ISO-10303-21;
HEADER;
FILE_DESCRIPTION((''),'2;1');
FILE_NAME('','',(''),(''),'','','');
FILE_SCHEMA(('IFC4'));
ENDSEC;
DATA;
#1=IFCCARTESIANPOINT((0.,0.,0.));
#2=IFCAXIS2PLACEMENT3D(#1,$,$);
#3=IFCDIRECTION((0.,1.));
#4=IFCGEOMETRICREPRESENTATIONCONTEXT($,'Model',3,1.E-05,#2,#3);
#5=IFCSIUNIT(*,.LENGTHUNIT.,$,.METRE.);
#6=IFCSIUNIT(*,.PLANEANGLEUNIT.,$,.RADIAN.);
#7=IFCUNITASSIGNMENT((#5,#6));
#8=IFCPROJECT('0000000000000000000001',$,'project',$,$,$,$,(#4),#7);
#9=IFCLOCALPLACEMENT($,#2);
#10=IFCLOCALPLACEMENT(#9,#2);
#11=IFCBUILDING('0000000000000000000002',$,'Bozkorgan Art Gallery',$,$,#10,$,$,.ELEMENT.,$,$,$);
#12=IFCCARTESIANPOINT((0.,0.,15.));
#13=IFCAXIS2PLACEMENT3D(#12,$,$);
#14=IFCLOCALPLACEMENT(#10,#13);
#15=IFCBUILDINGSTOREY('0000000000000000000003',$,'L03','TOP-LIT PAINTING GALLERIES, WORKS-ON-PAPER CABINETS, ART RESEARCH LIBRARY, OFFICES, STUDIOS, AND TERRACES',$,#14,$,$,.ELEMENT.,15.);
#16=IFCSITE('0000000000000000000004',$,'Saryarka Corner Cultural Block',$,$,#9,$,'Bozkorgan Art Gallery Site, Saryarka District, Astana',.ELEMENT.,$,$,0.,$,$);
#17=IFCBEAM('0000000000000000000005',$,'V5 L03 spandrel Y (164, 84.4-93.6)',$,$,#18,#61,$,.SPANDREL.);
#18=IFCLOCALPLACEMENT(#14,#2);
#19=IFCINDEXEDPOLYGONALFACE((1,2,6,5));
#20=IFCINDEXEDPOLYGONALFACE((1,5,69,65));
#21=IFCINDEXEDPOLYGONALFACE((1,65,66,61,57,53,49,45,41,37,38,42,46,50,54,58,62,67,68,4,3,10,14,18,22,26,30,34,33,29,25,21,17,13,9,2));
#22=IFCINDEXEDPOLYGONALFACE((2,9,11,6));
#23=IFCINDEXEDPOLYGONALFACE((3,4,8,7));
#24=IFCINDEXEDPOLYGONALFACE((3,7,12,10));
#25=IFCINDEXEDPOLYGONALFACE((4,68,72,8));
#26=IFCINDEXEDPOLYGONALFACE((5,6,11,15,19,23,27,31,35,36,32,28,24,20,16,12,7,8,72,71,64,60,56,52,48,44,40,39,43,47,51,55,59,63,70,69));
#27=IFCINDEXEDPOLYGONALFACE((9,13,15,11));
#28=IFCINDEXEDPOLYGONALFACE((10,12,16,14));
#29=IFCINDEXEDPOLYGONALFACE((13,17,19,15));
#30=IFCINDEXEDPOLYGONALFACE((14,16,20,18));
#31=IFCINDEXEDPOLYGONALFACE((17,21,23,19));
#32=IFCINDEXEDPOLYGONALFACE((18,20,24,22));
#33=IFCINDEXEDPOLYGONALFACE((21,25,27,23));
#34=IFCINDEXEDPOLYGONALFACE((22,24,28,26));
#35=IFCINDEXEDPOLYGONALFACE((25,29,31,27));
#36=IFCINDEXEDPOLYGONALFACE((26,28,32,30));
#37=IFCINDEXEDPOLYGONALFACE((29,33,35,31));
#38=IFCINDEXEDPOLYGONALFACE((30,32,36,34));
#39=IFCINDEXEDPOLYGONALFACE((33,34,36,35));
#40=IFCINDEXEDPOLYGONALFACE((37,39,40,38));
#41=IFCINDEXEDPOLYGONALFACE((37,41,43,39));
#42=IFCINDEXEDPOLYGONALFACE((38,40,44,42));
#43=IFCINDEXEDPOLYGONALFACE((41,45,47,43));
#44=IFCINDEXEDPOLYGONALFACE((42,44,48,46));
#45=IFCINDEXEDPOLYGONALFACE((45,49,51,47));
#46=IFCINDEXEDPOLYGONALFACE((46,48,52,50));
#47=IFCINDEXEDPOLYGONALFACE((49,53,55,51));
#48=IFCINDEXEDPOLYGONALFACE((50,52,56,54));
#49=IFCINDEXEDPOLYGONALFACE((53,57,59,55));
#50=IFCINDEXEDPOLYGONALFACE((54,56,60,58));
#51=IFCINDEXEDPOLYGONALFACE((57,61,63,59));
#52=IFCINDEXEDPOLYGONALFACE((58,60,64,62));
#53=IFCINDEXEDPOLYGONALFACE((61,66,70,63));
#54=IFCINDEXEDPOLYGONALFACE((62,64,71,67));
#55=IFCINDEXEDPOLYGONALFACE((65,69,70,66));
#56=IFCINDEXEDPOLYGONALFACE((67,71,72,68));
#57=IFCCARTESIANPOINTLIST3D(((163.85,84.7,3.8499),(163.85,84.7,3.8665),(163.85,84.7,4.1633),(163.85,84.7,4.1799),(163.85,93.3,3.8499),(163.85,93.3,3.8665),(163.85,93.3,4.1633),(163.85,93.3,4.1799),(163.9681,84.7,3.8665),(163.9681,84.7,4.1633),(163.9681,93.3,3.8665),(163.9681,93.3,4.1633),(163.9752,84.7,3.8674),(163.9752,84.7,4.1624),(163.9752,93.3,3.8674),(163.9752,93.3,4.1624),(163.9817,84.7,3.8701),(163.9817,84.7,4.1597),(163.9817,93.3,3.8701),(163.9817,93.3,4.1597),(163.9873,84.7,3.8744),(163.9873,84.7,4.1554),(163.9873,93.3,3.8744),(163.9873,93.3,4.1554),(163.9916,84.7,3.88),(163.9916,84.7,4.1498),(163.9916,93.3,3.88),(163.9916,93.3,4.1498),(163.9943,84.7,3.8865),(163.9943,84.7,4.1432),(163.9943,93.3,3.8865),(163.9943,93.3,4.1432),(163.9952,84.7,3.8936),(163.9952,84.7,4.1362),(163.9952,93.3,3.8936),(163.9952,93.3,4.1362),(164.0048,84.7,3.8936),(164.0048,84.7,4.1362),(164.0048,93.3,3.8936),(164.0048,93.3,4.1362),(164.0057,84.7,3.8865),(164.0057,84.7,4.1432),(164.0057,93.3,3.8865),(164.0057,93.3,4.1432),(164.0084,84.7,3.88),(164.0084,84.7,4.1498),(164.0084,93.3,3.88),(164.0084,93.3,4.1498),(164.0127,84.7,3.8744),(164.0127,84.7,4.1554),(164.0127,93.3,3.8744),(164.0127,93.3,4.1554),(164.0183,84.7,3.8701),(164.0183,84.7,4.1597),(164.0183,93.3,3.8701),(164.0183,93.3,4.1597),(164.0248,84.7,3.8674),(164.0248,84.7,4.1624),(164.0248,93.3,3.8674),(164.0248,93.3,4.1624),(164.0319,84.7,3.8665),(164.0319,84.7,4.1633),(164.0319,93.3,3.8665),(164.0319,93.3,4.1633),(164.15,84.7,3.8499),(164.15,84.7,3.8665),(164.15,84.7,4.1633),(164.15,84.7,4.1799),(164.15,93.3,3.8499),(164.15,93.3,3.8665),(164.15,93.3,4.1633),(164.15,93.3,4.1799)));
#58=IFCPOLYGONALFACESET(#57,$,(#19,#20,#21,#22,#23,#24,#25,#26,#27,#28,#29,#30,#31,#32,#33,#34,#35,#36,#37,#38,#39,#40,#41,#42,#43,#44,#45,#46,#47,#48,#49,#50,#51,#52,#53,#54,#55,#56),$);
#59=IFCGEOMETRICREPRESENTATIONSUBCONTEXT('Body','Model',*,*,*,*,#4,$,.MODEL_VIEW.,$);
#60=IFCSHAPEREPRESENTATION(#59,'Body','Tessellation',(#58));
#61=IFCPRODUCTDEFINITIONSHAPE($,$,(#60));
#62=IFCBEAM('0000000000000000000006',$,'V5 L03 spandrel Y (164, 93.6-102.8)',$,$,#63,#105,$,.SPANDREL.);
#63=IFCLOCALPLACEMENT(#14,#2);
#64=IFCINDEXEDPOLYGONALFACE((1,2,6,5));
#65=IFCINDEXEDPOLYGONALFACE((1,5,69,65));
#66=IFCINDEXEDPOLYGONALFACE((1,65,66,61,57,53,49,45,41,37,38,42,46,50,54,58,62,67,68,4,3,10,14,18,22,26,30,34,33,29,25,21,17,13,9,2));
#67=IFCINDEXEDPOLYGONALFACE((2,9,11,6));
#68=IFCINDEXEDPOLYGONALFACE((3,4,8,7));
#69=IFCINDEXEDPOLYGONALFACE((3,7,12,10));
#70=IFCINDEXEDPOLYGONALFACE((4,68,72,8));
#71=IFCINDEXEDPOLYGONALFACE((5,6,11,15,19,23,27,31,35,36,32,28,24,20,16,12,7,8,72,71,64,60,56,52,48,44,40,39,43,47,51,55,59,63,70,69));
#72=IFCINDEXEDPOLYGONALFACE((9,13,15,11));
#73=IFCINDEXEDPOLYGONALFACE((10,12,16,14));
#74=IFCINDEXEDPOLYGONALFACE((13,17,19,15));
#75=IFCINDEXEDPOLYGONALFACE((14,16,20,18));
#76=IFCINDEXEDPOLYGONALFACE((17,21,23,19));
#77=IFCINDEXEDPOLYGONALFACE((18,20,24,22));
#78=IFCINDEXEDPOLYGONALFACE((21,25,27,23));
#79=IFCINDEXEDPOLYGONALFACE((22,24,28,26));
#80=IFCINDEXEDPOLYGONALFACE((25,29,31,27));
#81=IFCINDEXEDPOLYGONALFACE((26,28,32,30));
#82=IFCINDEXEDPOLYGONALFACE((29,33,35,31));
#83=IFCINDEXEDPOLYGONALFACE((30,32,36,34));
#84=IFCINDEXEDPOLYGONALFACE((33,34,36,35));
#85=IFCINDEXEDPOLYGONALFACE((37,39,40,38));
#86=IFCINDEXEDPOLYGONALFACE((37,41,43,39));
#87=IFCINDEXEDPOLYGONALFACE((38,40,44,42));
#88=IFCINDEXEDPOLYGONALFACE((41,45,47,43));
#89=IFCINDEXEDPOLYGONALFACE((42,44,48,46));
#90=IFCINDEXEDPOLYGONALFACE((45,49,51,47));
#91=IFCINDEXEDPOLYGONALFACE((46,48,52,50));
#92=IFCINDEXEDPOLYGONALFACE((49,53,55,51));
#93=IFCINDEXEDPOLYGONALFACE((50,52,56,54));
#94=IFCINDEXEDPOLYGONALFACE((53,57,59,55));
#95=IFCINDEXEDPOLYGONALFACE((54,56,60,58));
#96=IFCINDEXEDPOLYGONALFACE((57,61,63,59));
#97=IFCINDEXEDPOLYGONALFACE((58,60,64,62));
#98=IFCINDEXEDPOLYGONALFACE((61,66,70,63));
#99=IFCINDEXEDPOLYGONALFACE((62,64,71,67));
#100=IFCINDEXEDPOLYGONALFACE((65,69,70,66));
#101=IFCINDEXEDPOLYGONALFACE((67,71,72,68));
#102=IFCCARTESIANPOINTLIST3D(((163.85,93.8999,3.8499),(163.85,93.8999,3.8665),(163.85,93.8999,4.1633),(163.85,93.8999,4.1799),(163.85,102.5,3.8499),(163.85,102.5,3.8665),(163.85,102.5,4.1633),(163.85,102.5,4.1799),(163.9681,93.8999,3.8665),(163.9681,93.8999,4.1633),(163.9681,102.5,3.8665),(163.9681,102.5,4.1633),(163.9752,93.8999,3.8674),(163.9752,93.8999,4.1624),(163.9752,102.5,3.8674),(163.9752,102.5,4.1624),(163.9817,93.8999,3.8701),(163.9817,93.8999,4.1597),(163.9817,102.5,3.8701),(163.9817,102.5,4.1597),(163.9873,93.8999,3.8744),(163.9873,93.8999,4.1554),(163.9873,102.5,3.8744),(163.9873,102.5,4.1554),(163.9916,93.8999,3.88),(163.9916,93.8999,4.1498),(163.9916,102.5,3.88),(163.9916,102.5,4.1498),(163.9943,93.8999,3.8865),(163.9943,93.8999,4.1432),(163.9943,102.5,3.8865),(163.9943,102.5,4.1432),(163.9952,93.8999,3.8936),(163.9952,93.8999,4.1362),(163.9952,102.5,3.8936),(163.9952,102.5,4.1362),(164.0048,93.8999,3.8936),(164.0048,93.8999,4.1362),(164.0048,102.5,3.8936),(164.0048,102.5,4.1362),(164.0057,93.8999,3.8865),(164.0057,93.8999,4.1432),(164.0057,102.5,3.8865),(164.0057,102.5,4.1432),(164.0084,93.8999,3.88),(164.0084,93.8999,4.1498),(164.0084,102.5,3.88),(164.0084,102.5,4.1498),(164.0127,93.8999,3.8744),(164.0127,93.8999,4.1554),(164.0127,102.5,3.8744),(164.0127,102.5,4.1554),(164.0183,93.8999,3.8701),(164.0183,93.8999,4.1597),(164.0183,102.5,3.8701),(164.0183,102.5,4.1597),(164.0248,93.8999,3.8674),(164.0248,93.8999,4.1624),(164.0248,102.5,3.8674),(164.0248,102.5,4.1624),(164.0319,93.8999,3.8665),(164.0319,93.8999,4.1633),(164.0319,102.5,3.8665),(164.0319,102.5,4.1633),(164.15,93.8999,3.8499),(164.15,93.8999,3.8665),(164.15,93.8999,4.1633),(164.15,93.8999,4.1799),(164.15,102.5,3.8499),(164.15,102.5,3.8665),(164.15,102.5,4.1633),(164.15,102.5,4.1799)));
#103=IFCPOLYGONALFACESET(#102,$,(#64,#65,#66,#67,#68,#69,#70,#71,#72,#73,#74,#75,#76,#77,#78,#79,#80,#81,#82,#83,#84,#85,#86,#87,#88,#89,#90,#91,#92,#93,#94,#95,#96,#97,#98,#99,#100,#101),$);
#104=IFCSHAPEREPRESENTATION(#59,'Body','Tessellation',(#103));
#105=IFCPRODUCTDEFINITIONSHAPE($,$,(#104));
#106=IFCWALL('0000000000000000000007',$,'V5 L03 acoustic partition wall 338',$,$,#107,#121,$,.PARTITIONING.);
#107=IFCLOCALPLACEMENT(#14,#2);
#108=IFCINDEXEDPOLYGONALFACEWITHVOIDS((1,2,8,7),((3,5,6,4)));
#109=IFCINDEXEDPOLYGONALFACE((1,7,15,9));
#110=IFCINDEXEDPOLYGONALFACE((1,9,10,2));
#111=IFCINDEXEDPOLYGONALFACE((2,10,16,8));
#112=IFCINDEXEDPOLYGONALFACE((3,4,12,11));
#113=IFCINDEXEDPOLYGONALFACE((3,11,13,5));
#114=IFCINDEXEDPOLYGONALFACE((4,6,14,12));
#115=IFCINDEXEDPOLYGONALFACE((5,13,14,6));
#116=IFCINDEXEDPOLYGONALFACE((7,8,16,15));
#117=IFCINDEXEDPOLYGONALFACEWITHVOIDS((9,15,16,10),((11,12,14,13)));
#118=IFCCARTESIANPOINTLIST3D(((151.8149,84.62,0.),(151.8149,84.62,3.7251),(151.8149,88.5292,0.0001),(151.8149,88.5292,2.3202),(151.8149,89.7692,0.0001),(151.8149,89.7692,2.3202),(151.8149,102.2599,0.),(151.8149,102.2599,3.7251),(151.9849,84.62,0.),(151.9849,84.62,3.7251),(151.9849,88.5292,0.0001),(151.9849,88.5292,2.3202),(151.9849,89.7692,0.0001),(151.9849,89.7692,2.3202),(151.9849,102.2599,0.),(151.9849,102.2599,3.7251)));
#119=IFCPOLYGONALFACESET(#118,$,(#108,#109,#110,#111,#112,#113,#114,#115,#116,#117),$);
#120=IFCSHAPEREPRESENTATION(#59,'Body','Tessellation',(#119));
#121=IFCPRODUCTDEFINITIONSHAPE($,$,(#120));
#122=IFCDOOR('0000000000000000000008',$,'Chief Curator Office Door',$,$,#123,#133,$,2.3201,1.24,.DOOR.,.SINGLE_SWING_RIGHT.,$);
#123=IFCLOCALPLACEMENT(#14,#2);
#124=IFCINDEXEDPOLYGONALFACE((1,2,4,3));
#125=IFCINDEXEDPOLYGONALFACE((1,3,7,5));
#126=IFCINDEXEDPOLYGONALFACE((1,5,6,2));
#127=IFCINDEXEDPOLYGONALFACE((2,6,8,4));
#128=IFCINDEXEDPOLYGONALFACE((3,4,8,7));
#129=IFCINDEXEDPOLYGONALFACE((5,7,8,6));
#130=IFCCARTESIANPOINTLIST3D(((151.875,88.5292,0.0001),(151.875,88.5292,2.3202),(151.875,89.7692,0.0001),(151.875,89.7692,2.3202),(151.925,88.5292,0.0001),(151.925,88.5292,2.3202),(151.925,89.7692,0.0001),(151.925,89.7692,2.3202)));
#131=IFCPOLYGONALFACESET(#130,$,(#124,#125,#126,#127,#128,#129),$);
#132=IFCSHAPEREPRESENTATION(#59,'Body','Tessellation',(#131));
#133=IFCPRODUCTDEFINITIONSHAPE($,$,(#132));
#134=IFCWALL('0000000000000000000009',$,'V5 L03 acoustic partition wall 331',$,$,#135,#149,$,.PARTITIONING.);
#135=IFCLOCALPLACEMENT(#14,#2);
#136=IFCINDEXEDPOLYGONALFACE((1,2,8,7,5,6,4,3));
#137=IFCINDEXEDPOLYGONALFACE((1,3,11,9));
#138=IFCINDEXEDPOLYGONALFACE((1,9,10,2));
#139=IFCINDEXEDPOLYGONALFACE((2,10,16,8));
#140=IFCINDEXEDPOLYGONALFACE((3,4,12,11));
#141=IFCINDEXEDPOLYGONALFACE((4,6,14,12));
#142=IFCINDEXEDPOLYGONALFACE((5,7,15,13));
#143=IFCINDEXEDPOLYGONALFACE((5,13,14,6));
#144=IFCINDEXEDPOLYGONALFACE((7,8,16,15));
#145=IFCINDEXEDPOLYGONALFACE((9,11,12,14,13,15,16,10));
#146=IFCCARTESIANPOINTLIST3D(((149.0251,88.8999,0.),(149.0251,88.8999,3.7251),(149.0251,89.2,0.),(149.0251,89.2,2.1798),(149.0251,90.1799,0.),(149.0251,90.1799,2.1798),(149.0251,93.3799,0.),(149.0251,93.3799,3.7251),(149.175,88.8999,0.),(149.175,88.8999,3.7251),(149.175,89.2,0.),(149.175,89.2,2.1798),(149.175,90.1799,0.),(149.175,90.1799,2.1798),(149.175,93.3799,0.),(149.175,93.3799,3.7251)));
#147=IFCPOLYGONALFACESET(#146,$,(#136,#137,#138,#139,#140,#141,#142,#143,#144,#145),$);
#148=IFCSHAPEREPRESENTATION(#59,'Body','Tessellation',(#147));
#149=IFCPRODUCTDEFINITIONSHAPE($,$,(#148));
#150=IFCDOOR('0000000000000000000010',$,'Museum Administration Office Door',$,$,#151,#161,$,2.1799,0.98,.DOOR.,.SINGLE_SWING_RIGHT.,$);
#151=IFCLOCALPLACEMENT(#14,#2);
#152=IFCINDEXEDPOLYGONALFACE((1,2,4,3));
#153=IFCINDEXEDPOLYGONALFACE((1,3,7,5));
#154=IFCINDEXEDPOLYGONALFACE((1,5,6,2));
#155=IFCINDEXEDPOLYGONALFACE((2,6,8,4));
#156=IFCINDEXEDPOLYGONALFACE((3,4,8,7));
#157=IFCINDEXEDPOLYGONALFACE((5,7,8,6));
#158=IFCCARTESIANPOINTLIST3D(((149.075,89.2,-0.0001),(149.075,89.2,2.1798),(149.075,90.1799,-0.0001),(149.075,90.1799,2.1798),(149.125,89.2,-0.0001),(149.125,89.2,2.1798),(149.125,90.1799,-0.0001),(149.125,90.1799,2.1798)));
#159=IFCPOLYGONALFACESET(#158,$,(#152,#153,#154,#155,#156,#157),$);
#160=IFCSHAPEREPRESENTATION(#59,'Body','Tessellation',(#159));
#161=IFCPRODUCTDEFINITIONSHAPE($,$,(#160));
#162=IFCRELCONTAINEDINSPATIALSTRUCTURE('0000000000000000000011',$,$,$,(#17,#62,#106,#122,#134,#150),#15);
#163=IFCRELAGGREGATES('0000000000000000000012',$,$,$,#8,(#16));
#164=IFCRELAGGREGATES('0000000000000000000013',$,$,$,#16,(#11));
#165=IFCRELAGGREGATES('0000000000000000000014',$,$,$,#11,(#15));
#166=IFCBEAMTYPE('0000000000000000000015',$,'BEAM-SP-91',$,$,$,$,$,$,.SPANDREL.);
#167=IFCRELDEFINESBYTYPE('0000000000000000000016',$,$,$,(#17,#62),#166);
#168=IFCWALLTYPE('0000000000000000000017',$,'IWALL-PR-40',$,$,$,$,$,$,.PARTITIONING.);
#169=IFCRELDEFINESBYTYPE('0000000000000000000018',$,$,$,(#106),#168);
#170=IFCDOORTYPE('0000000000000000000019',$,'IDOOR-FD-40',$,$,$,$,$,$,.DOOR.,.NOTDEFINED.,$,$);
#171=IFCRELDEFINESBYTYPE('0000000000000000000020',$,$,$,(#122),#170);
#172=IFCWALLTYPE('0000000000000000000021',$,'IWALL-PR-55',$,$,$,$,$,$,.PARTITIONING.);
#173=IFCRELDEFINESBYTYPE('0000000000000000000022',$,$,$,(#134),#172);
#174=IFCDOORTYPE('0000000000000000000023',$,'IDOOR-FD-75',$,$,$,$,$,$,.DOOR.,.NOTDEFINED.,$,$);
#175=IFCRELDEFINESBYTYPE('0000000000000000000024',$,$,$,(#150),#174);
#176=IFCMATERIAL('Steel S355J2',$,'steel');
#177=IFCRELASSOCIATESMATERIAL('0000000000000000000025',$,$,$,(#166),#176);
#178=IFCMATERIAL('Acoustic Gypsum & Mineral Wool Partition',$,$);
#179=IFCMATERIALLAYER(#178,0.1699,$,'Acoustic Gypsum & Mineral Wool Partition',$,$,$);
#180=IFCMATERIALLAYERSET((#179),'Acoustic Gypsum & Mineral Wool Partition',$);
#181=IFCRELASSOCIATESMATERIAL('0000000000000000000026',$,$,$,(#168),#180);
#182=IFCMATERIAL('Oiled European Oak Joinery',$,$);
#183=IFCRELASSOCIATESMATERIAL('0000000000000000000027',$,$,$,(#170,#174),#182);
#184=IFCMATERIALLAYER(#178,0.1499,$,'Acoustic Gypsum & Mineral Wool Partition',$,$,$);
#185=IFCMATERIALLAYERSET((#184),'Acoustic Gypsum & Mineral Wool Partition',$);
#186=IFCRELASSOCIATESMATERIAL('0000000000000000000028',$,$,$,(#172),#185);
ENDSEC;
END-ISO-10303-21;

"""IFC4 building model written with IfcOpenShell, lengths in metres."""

from ifc_helpers import new_model, si_unit, direction, frame, frame_2d, origin, origin_2d, place, context, subcontext, project, spatial, rectangle, i_section, extrude, material, layer, layer_set, material_profile, profile_set, type_object, element, fill, save


model = new_model("IFC4")

# Units and contexts
model_context = context("Model", 3, precision=1e-05, world=origin(), true_north=direction((0.0, 1.0)))
body_context = subcontext(model_context, "Body", "Model", "MODEL_VIEW")
ifc_project = project(units=[si_unit("LENGTHUNIT", "METRE"), si_unit("PLANEANGLEUNIT", "RADIAN")], contexts=[model_context])

# Site, building, storey
site_placement = place(None, origin())
site = spatial("IfcSite", under=ifc_project, at=site_placement, Name="Saryarka Corner Cultural Block", LongName="Bozkorgan Art Gallery Site, Saryarka District, Astana", CompositionType="ELEMENT", RefElevation=0.0)
building_placement = place(site_placement, origin())
building = spatial("IfcBuilding", under=site, at=building_placement, Name="Bozkorgan Art Gallery", CompositionType="ELEMENT")
storey_placement = place(building_placement, frame((0.0, 0.0, 15.0)))
storey = spatial("IfcBuildingStorey", under=building, at=storey_placement, Name="L03", Description="TOP-LIT PAINTING GALLERIES, WORKS-ON-PAPER CABINETS, ART RESEARCH LIBRARY, OFFICES, STUDIOS, AND TERRACES", CompositionType="ELEMENT", Elevation=15.0)

# Beams
ifc_material_1 = material(Name="Steel S355J2", Category="steel")
ifc_material_profile_1 = material_profile(ifc_material_1, i_section(OverallWidth=0.3, OverallDepth=0.3301, WebThickness=0.0095, FlangeThickness=0.0166, FilletRadius=0.0271, at=origin_2d()), Name="HEA 340")
ifc_profile_set_1 = profile_set([ifc_material_profile_1], Name="Steel S355J2")
beam_type_1 = type_object("IfcBeamType", Name="BEAM-SP-91", PredefinedType="SPANDREL", material=ifc_profile_set_1)
for number, where, z_axis, x_axis, name in (
    (1, (164.0, 84.7, 4.0149), (0.0, 1.0, 0.0), (-1.0, 0.0, 0.0), "V5 L03 spandrel Y (164, 84.4-93.6)"),
    (2, (164.0, 93.8999, 4.0149), (0.0, 1.0, 0.0), (-1.0, 0.0, 0.0), "V5 L03 spandrel Y (164, 93.6-102.8)"),
):
    element("IfcBeam", number, at=place(storey_placement, frame(where, z_axis=z_axis, x_axis=x_axis)), inside=storey, type_object=beam_type_1, Name=name, PredefinedType="SPANDREL", context=body_context, shape_type="SweptSolid", body=[
        extrude(i_section(OverallWidth=0.3, OverallDepth=0.3301, WebThickness=0.0095, FlangeThickness=0.0166, FilletRadius=0.0271, at=origin_2d()), origin(), (0.0, 0.0, 1.0), 8.6001),
    ])

# Walls, openings, doors
ifc_material_2 = material(Name="Acoustic Gypsum & Mineral Wool Partition")
ifc_layer_1 = layer(ifc_material_2, 0.1699, Name="Acoustic Gypsum & Mineral Wool Partition")
ifc_layer_set_1 = layer_set([ifc_layer_1], Name="Acoustic Gypsum & Mineral Wool Partition")
wall_type_1 = type_object("IfcWallType", Name="IWALL-PR-40", PredefinedType="PARTITIONING", material=ifc_layer_set_1)
wall_1_placement = place(storey_placement, frame((151.8999, 84.6201, 0.0), z_axis=(0.0, 0.0, 1.0), x_axis=(0.0, 1.0, 0.0)))
wall_1 = element("IfcWall", 3, at=wall_1_placement, inside=storey, type_object=wall_type_1, Name="V5 L03 acoustic partition wall 338", PredefinedType="PARTITIONING", context=body_context, shape_type="SweptSolid", body=[
    extrude(rectangle(XDim=17.6399, YDim=0.1699, at=frame_2d((8.8198, 0.0))), origin(), (0.0, 0.0, 1.0), 3.7251),
])
opening_1_placement = place(wall_1_placement, frame((3.9089, 0.0, 0.0)))
opening_1 = element("IfcOpeningElement", 4, at=opening_1_placement, cuts=wall_1, PredefinedType="OPENING", context=body_context, shape_type="SweptSolid", body=[
    extrude(rectangle(XDim=1.24, YDim=2.3201, at=frame_2d((0.6201, 1.1602))), frame((0.0, 0.095, 0.0), z_axis=(0.0, -1.0, 0.0), x_axis=(1.0, 0.0, 0.0)), (0.0, 0.0, 1.0), 0.1899),
])
ifc_material_3 = material(Name="Oiled European Oak Joinery")
door_type_1 = type_object("IfcDoorType", Name="IDOOR-FD-40", OperationType="NOTDEFINED", PredefinedType="DOOR", material=ifc_material_3)
door_1_placement = place(opening_1_placement, origin())
door_1 = element("IfcDoor", 5, at=door_1_placement, inside=storey, type_object=door_type_1, Name="Chief Curator Office Door", OperationType="SINGLE_SWING_RIGHT", OverallHeight=2.3201, OverallWidth=1.24, PredefinedType="DOOR", context=body_context, shape_type="SweptSolid", body=[
    extrude(rectangle(XDim=1.24, YDim=2.3201, at=frame_2d((0.6201, 1.1602))), frame((0.0, 0.0249, 0.0), z_axis=(0.0, -1.0, 0.0), x_axis=(1.0, 0.0, 0.0)), (0.0, 0.0, 1.0), 0.05),
])
fill(opening_1, door_1)
ifc_layer_2 = layer(ifc_material_2, 0.1499, Name="Acoustic Gypsum & Mineral Wool Partition")
ifc_layer_set_2 = layer_set([ifc_layer_2], Name="Acoustic Gypsum & Mineral Wool Partition")
wall_type_2 = type_object("IfcWallType", Name="IWALL-PR-55", PredefinedType="PARTITIONING", material=ifc_layer_set_2)
wall_2_placement = place(storey_placement, frame((149.1001, 88.8999, 0.0), z_axis=(0.0, 0.0, 1.0), x_axis=(0.0, 1.0, 0.0)))
wall_2 = element("IfcWall", 6, at=wall_2_placement, inside=storey, type_object=wall_type_2, Name="V5 L03 acoustic partition wall 331", PredefinedType="PARTITIONING", context=body_context, shape_type="SweptSolid", body=[
    extrude(rectangle(XDim=4.48, YDim=0.1499, at=frame_2d((2.24, 0.0))), origin(), (0.0, 0.0, 1.0), 3.7251),
])
opening_2_placement = place(wall_2_placement, frame((1.28, 0.0, 0.0), z_axis=(0.0, 0.0, 1.0), x_axis=(-1.0, 0.0, 0.0)))
opening_2 = element("IfcOpeningElement", 7, at=opening_2_placement, cuts=wall_2, PredefinedType="OPENING", context=body_context, shape_type="SweptSolid", body=[
    extrude(rectangle(XDim=0.98, YDim=2.1799, at=frame_2d((0.49, 1.0898))), frame((0.0, 0.085, 0.0), z_axis=(0.0, -1.0, 0.0), x_axis=(1.0, 0.0, 0.0)), (0.0, 0.0, 1.0), 0.1699),
])
door_type_2 = type_object("IfcDoorType", Name="IDOOR-FD-75", OperationType="NOTDEFINED", PredefinedType="DOOR", material=ifc_material_3)
door_2_placement = place(opening_2_placement, origin())
door_2 = element("IfcDoor", 8, at=door_2_placement, inside=storey, type_object=door_type_2, Name="Museum Administration Office Door", OperationType="SINGLE_SWING_RIGHT", OverallHeight=2.1799, OverallWidth=0.98, PredefinedType="DOOR", context=body_context, shape_type="SweptSolid", body=[
    extrude(rectangle(XDim=0.98, YDim=2.1799, at=frame_2d((0.49, 1.0898))), frame((0.0, 0.0249, 0.0), z_axis=(0.0, -1.0, 0.0), x_axis=(1.0, 0.0, 0.0)), (0.0, 0.0, 1.0), 0.05),
])
fill(opening_2, door_2)

save(model, "model.ifc")
